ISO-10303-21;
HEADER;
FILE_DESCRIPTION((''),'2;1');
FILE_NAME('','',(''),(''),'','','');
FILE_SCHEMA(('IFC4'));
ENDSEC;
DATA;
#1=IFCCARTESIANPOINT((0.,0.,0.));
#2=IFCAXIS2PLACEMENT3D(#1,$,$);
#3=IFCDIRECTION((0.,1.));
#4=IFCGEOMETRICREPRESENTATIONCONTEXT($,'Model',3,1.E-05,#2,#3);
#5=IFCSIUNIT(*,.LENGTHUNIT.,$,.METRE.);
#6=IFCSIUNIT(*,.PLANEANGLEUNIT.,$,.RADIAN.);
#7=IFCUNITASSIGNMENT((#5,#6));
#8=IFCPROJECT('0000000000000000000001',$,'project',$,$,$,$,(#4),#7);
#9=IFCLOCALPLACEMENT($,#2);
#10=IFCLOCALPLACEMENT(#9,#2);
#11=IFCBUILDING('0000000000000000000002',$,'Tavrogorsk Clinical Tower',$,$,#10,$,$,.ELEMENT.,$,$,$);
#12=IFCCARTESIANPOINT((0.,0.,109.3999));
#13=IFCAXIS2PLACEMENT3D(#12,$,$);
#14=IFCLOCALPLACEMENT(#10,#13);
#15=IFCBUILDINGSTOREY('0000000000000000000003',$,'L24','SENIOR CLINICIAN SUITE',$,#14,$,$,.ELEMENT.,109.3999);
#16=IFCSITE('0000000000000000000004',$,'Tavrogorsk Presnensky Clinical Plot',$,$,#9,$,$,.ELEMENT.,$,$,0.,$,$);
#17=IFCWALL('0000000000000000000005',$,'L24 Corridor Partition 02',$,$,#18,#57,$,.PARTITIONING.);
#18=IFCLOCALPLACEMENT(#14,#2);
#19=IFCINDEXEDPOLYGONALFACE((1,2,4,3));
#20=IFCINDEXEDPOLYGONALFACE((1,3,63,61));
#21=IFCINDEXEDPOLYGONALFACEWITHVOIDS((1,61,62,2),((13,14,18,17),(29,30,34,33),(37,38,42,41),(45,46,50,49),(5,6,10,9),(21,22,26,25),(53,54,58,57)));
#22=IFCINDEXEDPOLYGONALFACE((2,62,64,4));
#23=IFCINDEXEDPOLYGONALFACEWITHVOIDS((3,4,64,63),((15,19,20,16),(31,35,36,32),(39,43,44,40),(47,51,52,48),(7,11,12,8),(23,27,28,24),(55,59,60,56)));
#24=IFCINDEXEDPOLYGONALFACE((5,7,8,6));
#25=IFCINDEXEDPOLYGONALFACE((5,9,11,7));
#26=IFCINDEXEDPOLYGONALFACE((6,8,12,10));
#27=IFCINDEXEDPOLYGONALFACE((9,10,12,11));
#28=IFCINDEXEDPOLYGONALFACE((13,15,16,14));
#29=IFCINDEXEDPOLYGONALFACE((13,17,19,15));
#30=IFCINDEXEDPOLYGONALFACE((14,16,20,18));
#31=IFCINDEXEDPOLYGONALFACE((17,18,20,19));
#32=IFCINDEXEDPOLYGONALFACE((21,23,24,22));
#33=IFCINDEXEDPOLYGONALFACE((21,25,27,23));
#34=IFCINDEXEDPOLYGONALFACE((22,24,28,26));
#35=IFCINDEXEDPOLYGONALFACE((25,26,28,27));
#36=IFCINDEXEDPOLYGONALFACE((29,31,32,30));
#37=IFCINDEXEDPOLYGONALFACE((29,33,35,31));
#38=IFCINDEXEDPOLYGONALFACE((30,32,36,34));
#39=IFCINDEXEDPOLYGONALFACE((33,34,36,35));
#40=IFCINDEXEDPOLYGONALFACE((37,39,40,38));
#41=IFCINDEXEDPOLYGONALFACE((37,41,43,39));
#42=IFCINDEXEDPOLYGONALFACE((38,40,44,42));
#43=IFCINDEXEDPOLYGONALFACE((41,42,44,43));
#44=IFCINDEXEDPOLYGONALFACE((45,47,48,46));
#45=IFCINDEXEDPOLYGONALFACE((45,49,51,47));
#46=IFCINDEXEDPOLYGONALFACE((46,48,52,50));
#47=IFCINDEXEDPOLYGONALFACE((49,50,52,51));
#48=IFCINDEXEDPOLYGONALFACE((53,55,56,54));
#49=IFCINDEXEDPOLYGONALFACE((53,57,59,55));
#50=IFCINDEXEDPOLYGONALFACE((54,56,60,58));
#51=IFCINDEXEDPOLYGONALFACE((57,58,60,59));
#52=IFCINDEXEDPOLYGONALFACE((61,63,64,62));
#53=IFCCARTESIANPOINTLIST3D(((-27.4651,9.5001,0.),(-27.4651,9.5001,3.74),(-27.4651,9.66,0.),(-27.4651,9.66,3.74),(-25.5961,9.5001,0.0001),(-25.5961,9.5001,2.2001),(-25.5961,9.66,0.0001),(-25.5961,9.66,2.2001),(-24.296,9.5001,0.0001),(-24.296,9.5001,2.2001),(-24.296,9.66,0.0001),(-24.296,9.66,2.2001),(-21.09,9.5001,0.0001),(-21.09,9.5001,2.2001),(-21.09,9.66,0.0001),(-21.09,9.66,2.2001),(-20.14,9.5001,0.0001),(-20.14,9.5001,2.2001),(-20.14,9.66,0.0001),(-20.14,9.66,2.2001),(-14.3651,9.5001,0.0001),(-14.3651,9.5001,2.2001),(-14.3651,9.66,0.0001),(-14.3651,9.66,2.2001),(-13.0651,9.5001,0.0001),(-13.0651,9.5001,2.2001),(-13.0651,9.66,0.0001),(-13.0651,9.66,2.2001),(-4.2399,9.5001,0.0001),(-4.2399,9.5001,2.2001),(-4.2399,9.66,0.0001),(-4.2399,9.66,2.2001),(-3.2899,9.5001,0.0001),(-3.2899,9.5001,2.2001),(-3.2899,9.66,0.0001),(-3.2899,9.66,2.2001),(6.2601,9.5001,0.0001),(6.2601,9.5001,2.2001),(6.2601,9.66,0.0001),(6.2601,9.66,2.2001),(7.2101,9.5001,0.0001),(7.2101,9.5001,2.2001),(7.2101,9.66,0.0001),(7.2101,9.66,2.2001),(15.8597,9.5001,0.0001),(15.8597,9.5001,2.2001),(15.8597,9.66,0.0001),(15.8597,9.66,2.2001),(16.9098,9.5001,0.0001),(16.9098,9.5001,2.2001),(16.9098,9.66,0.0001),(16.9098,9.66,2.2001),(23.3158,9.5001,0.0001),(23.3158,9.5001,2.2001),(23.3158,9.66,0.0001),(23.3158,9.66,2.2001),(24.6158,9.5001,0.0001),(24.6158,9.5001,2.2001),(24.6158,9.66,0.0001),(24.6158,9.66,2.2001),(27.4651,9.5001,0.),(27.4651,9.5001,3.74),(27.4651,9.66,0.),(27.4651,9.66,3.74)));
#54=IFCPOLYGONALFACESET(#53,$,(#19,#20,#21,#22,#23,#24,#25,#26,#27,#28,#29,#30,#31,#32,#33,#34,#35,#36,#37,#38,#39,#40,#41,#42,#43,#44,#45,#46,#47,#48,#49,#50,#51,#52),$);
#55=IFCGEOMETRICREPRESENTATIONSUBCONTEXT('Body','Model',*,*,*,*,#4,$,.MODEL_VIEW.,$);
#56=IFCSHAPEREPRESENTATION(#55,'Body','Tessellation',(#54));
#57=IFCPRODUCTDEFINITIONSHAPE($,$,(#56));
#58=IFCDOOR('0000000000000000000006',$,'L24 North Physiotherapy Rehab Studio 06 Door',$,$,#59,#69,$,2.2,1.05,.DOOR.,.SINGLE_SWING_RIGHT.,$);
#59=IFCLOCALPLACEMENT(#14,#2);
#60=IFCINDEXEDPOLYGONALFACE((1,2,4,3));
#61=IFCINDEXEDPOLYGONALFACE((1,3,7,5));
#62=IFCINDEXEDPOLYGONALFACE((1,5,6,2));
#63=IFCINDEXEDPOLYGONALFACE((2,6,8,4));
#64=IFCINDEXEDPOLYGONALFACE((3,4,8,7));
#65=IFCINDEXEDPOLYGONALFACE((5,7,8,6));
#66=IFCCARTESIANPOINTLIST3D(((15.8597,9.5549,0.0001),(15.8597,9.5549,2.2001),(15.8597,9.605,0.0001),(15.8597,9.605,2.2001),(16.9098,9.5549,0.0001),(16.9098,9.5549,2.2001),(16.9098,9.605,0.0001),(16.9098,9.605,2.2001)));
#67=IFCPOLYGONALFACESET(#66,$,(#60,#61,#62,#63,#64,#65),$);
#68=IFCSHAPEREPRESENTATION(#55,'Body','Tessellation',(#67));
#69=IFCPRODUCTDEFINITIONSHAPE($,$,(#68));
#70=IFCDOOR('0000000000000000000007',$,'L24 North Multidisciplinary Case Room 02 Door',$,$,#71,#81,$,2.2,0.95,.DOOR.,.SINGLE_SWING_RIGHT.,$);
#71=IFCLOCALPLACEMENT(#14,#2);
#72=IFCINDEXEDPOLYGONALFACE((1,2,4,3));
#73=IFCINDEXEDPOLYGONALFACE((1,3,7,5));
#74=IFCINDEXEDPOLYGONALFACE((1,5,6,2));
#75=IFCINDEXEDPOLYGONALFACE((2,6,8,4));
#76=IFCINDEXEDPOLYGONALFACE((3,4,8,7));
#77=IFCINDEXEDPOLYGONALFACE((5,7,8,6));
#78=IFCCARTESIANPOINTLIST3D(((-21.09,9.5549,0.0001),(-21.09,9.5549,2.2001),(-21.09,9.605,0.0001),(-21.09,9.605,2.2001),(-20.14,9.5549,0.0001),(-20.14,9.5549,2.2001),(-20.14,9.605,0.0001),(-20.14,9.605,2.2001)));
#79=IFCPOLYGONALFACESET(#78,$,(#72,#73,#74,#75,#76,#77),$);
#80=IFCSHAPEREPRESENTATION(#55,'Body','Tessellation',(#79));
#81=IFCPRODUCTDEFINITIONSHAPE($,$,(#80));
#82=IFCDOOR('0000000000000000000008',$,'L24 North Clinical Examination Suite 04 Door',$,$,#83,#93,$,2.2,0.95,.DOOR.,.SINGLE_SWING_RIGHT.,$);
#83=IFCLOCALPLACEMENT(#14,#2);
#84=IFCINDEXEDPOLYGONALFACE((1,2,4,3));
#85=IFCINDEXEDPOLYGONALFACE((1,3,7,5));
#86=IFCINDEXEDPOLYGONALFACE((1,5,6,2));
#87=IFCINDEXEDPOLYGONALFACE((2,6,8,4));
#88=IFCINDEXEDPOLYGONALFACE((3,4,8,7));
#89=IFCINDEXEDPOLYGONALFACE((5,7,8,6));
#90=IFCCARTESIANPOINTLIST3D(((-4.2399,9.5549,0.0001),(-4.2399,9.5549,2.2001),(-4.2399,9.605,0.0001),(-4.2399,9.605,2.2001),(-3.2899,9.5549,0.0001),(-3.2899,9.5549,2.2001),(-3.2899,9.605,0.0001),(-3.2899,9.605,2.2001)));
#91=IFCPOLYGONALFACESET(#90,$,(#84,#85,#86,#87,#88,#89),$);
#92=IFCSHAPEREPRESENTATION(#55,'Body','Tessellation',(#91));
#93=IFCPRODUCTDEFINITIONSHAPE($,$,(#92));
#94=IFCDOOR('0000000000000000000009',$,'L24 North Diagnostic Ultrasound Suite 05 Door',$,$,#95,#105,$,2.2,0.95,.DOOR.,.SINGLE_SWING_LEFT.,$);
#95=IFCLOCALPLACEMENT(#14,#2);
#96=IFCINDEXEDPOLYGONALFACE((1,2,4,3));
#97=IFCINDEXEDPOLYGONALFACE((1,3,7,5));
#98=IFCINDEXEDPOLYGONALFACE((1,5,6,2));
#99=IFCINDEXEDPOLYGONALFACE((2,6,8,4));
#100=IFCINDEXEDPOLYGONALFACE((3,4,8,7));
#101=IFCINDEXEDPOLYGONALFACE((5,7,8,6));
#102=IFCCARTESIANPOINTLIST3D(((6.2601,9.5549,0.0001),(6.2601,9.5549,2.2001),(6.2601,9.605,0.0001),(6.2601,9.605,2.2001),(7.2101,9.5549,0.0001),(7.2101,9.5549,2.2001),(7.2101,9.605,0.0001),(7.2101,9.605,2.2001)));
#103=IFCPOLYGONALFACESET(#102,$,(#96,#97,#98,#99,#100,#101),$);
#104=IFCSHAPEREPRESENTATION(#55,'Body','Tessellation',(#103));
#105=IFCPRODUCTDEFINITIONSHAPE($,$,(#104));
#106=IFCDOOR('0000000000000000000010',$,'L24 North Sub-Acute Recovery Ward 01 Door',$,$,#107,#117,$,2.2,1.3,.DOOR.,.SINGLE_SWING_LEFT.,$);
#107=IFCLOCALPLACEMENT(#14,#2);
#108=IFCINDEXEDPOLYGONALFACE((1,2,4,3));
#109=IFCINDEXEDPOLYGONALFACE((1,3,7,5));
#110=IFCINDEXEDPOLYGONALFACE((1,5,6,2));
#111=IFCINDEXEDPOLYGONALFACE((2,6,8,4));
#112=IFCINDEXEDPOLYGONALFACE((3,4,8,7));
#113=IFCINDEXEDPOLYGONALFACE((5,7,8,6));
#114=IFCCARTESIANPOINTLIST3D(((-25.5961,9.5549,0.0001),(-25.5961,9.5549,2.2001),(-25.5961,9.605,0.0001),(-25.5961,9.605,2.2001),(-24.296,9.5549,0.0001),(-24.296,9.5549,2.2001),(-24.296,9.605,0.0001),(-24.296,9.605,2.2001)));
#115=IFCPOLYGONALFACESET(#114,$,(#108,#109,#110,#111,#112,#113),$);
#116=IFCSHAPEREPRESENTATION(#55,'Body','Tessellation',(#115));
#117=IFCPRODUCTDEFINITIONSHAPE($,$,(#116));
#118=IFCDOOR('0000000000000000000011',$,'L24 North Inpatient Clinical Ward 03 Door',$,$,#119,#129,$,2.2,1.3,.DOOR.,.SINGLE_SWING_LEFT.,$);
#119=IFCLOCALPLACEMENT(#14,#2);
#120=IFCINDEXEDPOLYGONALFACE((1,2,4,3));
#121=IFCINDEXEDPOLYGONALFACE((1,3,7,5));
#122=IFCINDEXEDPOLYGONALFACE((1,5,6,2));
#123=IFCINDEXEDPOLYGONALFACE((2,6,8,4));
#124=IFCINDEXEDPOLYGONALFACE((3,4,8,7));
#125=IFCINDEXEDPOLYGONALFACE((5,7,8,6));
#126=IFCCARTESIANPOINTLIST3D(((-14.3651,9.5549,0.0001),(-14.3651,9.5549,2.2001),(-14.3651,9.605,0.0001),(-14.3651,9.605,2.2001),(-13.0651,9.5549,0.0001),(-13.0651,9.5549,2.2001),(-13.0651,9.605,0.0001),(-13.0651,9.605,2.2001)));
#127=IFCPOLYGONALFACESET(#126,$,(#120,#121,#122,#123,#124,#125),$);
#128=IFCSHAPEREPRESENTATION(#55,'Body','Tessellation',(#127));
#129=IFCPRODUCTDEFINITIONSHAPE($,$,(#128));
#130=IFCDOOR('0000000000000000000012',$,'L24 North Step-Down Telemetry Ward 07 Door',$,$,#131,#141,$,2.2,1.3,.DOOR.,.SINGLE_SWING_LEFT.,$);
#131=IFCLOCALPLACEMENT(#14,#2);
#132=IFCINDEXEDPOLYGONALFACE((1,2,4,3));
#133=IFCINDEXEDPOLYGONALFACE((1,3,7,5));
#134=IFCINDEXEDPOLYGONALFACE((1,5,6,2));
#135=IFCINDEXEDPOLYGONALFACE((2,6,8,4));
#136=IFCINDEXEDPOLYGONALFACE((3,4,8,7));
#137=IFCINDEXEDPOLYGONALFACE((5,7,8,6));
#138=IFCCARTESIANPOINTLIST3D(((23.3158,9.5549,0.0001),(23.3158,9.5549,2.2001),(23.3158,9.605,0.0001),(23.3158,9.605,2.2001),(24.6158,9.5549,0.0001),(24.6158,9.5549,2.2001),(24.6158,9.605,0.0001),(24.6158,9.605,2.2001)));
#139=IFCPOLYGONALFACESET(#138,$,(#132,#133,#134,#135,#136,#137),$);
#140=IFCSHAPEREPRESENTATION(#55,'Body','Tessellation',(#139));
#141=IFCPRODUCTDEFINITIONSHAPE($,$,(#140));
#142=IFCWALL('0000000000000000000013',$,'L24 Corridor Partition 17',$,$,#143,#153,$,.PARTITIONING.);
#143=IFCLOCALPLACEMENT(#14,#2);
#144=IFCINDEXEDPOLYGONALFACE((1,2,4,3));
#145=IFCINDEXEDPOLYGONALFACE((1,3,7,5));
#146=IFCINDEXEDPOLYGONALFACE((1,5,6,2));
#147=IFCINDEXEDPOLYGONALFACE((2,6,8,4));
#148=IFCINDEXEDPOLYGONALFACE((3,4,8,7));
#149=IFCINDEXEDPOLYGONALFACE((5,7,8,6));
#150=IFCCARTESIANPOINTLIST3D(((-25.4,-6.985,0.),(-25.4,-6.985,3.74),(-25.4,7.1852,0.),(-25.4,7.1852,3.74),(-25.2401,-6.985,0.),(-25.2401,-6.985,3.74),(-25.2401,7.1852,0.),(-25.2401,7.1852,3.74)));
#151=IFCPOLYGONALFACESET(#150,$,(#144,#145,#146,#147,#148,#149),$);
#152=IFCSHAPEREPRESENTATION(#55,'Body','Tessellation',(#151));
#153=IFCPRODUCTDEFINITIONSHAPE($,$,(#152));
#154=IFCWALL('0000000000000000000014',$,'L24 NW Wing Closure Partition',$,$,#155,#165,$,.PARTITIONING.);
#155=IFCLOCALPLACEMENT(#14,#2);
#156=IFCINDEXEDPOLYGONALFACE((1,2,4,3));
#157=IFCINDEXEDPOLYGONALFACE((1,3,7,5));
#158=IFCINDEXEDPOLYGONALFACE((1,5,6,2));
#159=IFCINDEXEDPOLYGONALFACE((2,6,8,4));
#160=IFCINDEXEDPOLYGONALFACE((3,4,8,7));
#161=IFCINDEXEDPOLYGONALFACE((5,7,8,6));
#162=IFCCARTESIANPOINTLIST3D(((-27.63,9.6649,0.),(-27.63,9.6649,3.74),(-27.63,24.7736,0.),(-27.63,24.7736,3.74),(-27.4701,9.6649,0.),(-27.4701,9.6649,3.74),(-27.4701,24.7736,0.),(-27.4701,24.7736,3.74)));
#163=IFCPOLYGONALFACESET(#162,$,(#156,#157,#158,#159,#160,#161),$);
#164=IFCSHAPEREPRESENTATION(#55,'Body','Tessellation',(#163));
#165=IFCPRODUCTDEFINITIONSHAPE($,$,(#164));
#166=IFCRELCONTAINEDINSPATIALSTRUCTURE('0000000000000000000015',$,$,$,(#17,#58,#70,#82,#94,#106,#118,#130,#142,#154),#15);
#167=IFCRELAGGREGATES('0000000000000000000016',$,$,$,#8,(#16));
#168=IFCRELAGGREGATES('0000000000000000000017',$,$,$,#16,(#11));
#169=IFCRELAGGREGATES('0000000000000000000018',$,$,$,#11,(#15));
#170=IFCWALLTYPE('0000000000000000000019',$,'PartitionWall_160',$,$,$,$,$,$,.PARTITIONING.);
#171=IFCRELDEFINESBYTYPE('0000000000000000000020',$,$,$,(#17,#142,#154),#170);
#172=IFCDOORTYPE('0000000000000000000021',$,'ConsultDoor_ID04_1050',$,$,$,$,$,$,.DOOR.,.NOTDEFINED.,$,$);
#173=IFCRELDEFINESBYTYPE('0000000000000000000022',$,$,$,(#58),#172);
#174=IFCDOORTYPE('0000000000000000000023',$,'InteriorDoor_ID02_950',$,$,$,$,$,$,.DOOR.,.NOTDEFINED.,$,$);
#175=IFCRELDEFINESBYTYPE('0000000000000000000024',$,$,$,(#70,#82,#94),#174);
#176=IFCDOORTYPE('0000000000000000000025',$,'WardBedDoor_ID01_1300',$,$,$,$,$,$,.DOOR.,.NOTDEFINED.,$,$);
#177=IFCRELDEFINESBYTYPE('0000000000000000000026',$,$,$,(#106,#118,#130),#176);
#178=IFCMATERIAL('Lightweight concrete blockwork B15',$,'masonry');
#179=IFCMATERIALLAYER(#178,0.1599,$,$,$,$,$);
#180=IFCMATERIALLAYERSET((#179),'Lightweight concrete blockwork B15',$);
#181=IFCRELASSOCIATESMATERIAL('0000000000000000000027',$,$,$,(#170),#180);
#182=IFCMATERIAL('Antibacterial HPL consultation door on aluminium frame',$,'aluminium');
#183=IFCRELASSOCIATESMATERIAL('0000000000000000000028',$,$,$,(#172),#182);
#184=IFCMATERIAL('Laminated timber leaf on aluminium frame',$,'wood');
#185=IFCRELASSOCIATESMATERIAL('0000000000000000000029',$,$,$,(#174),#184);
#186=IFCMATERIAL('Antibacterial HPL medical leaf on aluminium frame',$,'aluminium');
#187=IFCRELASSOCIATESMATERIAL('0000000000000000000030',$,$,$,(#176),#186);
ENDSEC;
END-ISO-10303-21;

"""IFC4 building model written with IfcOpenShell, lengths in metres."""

from ifc_helpers import new_model, si_unit, direction, frame, frame_2d, origin, place, context, subcontext, project, spatial, rectangle, extrude, material, layer, layer_set, type_object, element, fill, save


model = new_model("IFC4")

# Units and contexts
model_context = context("Model", 3, precision=1e-05, world=origin(), true_north=direction((0.0, 1.0)))
body_context = subcontext(model_context, "Body", "Model", "MODEL_VIEW")
ifc_project = project(units=[si_unit("LENGTHUNIT", "METRE"), si_unit("PLANEANGLEUNIT", "RADIAN")], contexts=[model_context])

# Site, building, storey
site_placement = place(None, origin())
site = spatial("IfcSite", under=ifc_project, at=site_placement, Name="Tavrogorsk Presnensky Clinical Plot", CompositionType="ELEMENT", RefElevation=0.0)
building_placement = place(site_placement, origin())
building = spatial("IfcBuilding", under=site, at=building_placement, Name="Tavrogorsk Clinical Tower", CompositionType="ELEMENT")
storey_placement = place(building_placement, frame((0.0, 0.0, 109.3999)))
storey = spatial("IfcBuildingStorey", under=building, at=storey_placement, Name="L24", Description="SENIOR CLINICIAN SUITE", CompositionType="ELEMENT", Elevation=109.3999)

# Wall, openings, doors
ifc_material_1 = material(Name="Lightweight concrete blockwork B15", Category="masonry")
ifc_layer_1 = layer(ifc_material_1, 0.1599)
ifc_layer_set_1 = layer_set([ifc_layer_1], Name="Lightweight concrete blockwork B15")
wall_type_1 = type_object("IfcWallType", Name="PartitionWall_160", PredefinedType="PARTITIONING", material=ifc_layer_set_1)
wall_1_placement = place(storey_placement, frame((-27.4651, 9.5801, 0.0), z_axis=(0.0, 0.0, 1.0), x_axis=(1.0, 0.0, 0.0)))
wall_1 = element("IfcWall", 1, at=wall_1_placement, inside=storey, type_object=wall_type_1, Name="L24 Corridor Partition 02", PredefinedType="PARTITIONING", context=body_context, shape_type="SweptSolid", body=[
    extrude(rectangle(XDim=54.9302, YDim=0.1599, at=frame_2d((27.4651, 0.0))), origin(), (0.0, 0.0, 1.0), 3.74),
])
opening_1_placement = place(wall_1_placement, frame((1.8691, 0.0, 0.0)))
opening_1 = element("IfcOpeningElement", 2, at=opening_1_placement, cuts=wall_1, PredefinedType="OPENING", context=body_context, shape_type="SweptSolid", body=[
    extrude(rectangle(XDim=1.3, YDim=2.2, at=frame_2d((0.6499, 1.1001))), frame((0.0, 0.0898, 0.0), z_axis=(0.0, -1.0, 0.0), x_axis=(1.0, 0.0, 0.0)), (0.0, 0.0, 1.0), 0.1799),
])
opening_2_placement = place(wall_1_placement, frame((6.375, 0.0, 0.0)))
opening_2 = element("IfcOpeningElement", 3, at=opening_2_placement, cuts=wall_1, PredefinedType="OPENING", context=body_context, shape_type="SweptSolid", body=[
    extrude(rectangle(XDim=0.95, YDim=2.2, at=frame_2d((0.4751, 1.1001))), frame((0.0, 0.0898, 0.0), z_axis=(0.0, -1.0, 0.0), x_axis=(1.0, 0.0, 0.0)), (0.0, 0.0, 1.0), 0.1799),
])
opening_3_placement = place(wall_1_placement, frame((13.1001, 0.0, 0.0)))
opening_3 = element("IfcOpeningElement", 4, at=opening_3_placement, cuts=wall_1, PredefinedType="OPENING", context=body_context, shape_type="SweptSolid", body=[
    extrude(rectangle(XDim=1.3, YDim=2.2, at=frame_2d((0.6499, 1.1001))), frame((0.0, 0.0898, 0.0), z_axis=(0.0, -1.0, 0.0), x_axis=(1.0, 0.0, 0.0)), (0.0, 0.0, 1.0), 0.1799),
])
opening_4_placement = place(wall_1_placement, frame((23.2251, 0.0, 0.0)))
opening_4 = element("IfcOpeningElement", 5, at=opening_4_placement, cuts=wall_1, PredefinedType="OPENING", context=body_context, shape_type="SweptSolid", body=[
    extrude(rectangle(XDim=0.95, YDim=2.2, at=frame_2d((0.4751, 1.1001))), frame((0.0, 0.0898, 0.0), z_axis=(0.0, -1.0, 0.0), x_axis=(1.0, 0.0, 0.0)), (0.0, 0.0, 1.0), 0.1799),
])
opening_5_placement = place(wall_1_placement, frame((33.7251, 0.0, 0.0)))
opening_5 = element("IfcOpeningElement", 6, at=opening_5_placement, cuts=wall_1, PredefinedType="OPENING", context=body_context, shape_type="SweptSolid", body=[
    extrude(rectangle(XDim=0.95, YDim=2.2, at=frame_2d((0.4751, 1.1001))), frame((0.0, 0.0898, 0.0), z_axis=(0.0, -1.0, 0.0), x_axis=(1.0, 0.0, 0.0)), (0.0, 0.0, 1.0), 0.1799),
])
opening_6_placement = place(wall_1_placement, frame((43.325, 0.0, 0.0)))
opening_6 = element("IfcOpeningElement", 7, at=opening_6_placement, cuts=wall_1, PredefinedType="OPENING", context=body_context, shape_type="SweptSolid", body=[
    extrude(rectangle(XDim=1.05, YDim=2.2, at=frame_2d((0.5249, 1.1001))), frame((0.0, 0.0898, 0.0), z_axis=(0.0, -1.0, 0.0), x_axis=(1.0, 0.0, 0.0)), (0.0, 0.0, 1.0), 0.1799),
])
opening_7_placement = place(wall_1_placement, frame((50.781, 0.0, 0.0)))
opening_7 = element("IfcOpeningElement", 8, at=opening_7_placement, cuts=wall_1, PredefinedType="OPENING", context=body_context, shape_type="SweptSolid", body=[
    extrude(rectangle(XDim=1.3, YDim=2.2, at=frame_2d((0.6499, 1.1001))), frame((0.0, 0.0898, 0.0), z_axis=(0.0, -1.0, 0.0), x_axis=(1.0, 0.0, 0.0)), (0.0, 0.0, 1.0), 0.1799),
])
ifc_material_2 = material(Name="Antibacterial HPL consultation door on aluminium frame", Category="aluminium")
door_type_1 = type_object("IfcDoorType", Name="ConsultDoor_ID04_1050", OperationType="NOTDEFINED", PredefinedType="DOOR", material=ifc_material_2)
door_1_placement = place(opening_6_placement, origin())
door_1 = element("IfcDoor", 9, at=door_1_placement, inside=storey, type_object=door_type_1, Name="L24 North Physiotherapy Rehab Studio 06 Door", OperationType="SINGLE_SWING_RIGHT", OverallHeight=2.2, OverallWidth=1.05, PredefinedType="DOOR", context=body_context, shape_type="SweptSolid", body=[
    extrude(rectangle(XDim=1.05, YDim=2.2, at=frame_2d((0.5249, 1.1001))), frame((0.0, 0.0249, 0.0), z_axis=(0.0, -1.0, 0.0), x_axis=(1.0, 0.0, 0.0)), (0.0, 0.0, 1.0), 0.05),
])
fill(opening_6, door_1)
ifc_material_3 = material(Name="Laminated timber leaf on aluminium frame", Category="wood")
door_type_2 = type_object("IfcDoorType", Name="InteriorDoor_ID02_950", OperationType="NOTDEFINED", PredefinedType="DOOR", material=ifc_material_3)
door_2_placement = place(opening_2_placement, origin())
door_2 = element("IfcDoor", 10, at=door_2_placement, inside=storey, type_object=door_type_2, Name="L24 North Multidisciplinary Case Room 02 Door", OperationType="SINGLE_SWING_RIGHT", OverallHeight=2.2, OverallWidth=0.95, PredefinedType="DOOR", context=body_context, shape_type="SweptSolid", body=[
    extrude(rectangle(XDim=0.95, YDim=2.2, at=frame_2d((0.4751, 1.1001))), frame((0.0, 0.0249, 0.0), z_axis=(0.0, -1.0, 0.0), x_axis=(1.0, 0.0, 0.0)), (0.0, 0.0, 1.0), 0.05),
])
fill(opening_2, door_2)
door_3_placement = place(opening_4_placement, origin())
door_3 = element("IfcDoor", 11, at=door_3_placement, inside=storey, type_object=door_type_2, Name="L24 North Clinical Examination Suite 04 Door", OperationType="SINGLE_SWING_RIGHT", OverallHeight=2.2, OverallWidth=0.95, PredefinedType="DOOR", context=body_context, shape_type="SweptSolid", body=[
    extrude(rectangle(XDim=0.95, YDim=2.2, at=frame_2d((0.4751, 1.1001))), frame((0.0, 0.0249, 0.0), z_axis=(0.0, -1.0, 0.0), x_axis=(1.0, 0.0, 0.0)), (0.0, 0.0, 1.0), 0.05),
])
fill(opening_4, door_3)
door_4_placement = place(opening_5_placement, origin())
door_4 = element("IfcDoor", 12, at=door_4_placement, inside=storey, type_object=door_type_2, Name="L24 North Diagnostic Ultrasound Suite 05 Door", OperationType="SINGLE_SWING_LEFT", OverallHeight=2.2, OverallWidth=0.95, PredefinedType="DOOR", context=body_context, shape_type="SweptSolid", body=[
    extrude(rectangle(XDim=0.95, YDim=2.2, at=frame_2d((0.4751, 1.1001))), frame((0.0, 0.0249, 0.0), z_axis=(0.0, -1.0, 0.0), x_axis=(1.0, 0.0, 0.0)), (0.0, 0.0, 1.0), 0.05),
])
fill(opening_5, door_4)
ifc_material_4 = material(Name="Antibacterial HPL medical leaf on aluminium frame", Category="aluminium")
door_type_3 = type_object("IfcDoorType", Name="WardBedDoor_ID01_1300", OperationType="NOTDEFINED", PredefinedType="DOOR", material=ifc_material_4)
door_5_placement = place(opening_1_placement, origin())
door_5 = element("IfcDoor", 13, at=door_5_placement, inside=storey, type_object=door_type_3, Name="L24 North Sub-Acute Recovery Ward 01 Door", OperationType="SINGLE_SWING_LEFT", OverallHeight=2.2, OverallWidth=1.3, PredefinedType="DOOR", context=body_context, shape_type="SweptSolid", body=[
    extrude(rectangle(XDim=1.3, YDim=2.2, at=frame_2d((0.6499, 1.1001))), frame((0.0, 0.0249, 0.0), z_axis=(0.0, -1.0, 0.0), x_axis=(1.0, 0.0, 0.0)), (0.0, 0.0, 1.0), 0.05),
])
fill(opening_1, door_5)
door_6_placement = place(opening_3_placement, origin())
door_6 = element("IfcDoor", 14, at=door_6_placement, inside=storey, type_object=door_type_3, Name="L24 North Inpatient Clinical Ward 03 Door", OperationType="SINGLE_SWING_LEFT", OverallHeight=2.2, OverallWidth=1.3, PredefinedType="DOOR", context=body_context, shape_type="SweptSolid", body=[
    extrude(rectangle(XDim=1.3, YDim=2.2, at=frame_2d((0.6499, 1.1001))), frame((0.0, 0.0249, 0.0), z_axis=(0.0, -1.0, 0.0), x_axis=(1.0, 0.0, 0.0)), (0.0, 0.0, 1.0), 0.05),
])
fill(opening_3, door_6)
door_7_placement = place(opening_7_placement, origin())
door_7 = element("IfcDoor", 15, at=door_7_placement, inside=storey, type_object=door_type_3, Name="L24 North Step-Down Telemetry Ward 07 Door", OperationType="SINGLE_SWING_LEFT", OverallHeight=2.2, OverallWidth=1.3, PredefinedType="DOOR", context=body_context, shape_type="SweptSolid", body=[
    extrude(rectangle(XDim=1.3, YDim=2.2, at=frame_2d((0.6499, 1.1001))), frame((0.0, 0.0249, 0.0), z_axis=(0.0, -1.0, 0.0), x_axis=(1.0, 0.0, 0.0)), (0.0, 0.0, 1.0), 0.05),
])
fill(opening_7, door_7)

# Walls
wall_2_placement = place(storey_placement, frame((-25.3201, 7.1851, 0.0), z_axis=(0.0, 0.0, 1.0), x_axis=(0.0, -1.0, 0.0)))
element("IfcWall", 16, at=wall_2_placement, inside=storey, type_object=wall_type_1, Name="L24 Corridor Partition 17", PredefinedType="PARTITIONING", context=body_context, shape_type="SweptSolid", body=[
    extrude(rectangle(XDim=14.1702, YDim=0.1599, at=frame_2d((7.085, 0.0))), origin(), (0.0, 0.0, 1.0), 3.74),
])
wall_3_placement = place(storey_placement, frame((-27.55, 9.665, 0.0), z_axis=(0.0, 0.0, 1.0), x_axis=(0.0, 1.0, 0.0)))
element("IfcWall", 17, at=wall_3_placement, inside=storey, type_object=wall_type_1, Name="L24 NW Wing Closure Partition", PredefinedType="PARTITIONING", context=body_context, shape_type="SweptSolid", body=[
    extrude(rectangle(XDim=15.1086, YDim=0.1599, at=frame_2d((7.5542, 0.0))), origin(), (0.0, 0.0, 1.0), 3.74),
])

save(model, "model.ifc")
